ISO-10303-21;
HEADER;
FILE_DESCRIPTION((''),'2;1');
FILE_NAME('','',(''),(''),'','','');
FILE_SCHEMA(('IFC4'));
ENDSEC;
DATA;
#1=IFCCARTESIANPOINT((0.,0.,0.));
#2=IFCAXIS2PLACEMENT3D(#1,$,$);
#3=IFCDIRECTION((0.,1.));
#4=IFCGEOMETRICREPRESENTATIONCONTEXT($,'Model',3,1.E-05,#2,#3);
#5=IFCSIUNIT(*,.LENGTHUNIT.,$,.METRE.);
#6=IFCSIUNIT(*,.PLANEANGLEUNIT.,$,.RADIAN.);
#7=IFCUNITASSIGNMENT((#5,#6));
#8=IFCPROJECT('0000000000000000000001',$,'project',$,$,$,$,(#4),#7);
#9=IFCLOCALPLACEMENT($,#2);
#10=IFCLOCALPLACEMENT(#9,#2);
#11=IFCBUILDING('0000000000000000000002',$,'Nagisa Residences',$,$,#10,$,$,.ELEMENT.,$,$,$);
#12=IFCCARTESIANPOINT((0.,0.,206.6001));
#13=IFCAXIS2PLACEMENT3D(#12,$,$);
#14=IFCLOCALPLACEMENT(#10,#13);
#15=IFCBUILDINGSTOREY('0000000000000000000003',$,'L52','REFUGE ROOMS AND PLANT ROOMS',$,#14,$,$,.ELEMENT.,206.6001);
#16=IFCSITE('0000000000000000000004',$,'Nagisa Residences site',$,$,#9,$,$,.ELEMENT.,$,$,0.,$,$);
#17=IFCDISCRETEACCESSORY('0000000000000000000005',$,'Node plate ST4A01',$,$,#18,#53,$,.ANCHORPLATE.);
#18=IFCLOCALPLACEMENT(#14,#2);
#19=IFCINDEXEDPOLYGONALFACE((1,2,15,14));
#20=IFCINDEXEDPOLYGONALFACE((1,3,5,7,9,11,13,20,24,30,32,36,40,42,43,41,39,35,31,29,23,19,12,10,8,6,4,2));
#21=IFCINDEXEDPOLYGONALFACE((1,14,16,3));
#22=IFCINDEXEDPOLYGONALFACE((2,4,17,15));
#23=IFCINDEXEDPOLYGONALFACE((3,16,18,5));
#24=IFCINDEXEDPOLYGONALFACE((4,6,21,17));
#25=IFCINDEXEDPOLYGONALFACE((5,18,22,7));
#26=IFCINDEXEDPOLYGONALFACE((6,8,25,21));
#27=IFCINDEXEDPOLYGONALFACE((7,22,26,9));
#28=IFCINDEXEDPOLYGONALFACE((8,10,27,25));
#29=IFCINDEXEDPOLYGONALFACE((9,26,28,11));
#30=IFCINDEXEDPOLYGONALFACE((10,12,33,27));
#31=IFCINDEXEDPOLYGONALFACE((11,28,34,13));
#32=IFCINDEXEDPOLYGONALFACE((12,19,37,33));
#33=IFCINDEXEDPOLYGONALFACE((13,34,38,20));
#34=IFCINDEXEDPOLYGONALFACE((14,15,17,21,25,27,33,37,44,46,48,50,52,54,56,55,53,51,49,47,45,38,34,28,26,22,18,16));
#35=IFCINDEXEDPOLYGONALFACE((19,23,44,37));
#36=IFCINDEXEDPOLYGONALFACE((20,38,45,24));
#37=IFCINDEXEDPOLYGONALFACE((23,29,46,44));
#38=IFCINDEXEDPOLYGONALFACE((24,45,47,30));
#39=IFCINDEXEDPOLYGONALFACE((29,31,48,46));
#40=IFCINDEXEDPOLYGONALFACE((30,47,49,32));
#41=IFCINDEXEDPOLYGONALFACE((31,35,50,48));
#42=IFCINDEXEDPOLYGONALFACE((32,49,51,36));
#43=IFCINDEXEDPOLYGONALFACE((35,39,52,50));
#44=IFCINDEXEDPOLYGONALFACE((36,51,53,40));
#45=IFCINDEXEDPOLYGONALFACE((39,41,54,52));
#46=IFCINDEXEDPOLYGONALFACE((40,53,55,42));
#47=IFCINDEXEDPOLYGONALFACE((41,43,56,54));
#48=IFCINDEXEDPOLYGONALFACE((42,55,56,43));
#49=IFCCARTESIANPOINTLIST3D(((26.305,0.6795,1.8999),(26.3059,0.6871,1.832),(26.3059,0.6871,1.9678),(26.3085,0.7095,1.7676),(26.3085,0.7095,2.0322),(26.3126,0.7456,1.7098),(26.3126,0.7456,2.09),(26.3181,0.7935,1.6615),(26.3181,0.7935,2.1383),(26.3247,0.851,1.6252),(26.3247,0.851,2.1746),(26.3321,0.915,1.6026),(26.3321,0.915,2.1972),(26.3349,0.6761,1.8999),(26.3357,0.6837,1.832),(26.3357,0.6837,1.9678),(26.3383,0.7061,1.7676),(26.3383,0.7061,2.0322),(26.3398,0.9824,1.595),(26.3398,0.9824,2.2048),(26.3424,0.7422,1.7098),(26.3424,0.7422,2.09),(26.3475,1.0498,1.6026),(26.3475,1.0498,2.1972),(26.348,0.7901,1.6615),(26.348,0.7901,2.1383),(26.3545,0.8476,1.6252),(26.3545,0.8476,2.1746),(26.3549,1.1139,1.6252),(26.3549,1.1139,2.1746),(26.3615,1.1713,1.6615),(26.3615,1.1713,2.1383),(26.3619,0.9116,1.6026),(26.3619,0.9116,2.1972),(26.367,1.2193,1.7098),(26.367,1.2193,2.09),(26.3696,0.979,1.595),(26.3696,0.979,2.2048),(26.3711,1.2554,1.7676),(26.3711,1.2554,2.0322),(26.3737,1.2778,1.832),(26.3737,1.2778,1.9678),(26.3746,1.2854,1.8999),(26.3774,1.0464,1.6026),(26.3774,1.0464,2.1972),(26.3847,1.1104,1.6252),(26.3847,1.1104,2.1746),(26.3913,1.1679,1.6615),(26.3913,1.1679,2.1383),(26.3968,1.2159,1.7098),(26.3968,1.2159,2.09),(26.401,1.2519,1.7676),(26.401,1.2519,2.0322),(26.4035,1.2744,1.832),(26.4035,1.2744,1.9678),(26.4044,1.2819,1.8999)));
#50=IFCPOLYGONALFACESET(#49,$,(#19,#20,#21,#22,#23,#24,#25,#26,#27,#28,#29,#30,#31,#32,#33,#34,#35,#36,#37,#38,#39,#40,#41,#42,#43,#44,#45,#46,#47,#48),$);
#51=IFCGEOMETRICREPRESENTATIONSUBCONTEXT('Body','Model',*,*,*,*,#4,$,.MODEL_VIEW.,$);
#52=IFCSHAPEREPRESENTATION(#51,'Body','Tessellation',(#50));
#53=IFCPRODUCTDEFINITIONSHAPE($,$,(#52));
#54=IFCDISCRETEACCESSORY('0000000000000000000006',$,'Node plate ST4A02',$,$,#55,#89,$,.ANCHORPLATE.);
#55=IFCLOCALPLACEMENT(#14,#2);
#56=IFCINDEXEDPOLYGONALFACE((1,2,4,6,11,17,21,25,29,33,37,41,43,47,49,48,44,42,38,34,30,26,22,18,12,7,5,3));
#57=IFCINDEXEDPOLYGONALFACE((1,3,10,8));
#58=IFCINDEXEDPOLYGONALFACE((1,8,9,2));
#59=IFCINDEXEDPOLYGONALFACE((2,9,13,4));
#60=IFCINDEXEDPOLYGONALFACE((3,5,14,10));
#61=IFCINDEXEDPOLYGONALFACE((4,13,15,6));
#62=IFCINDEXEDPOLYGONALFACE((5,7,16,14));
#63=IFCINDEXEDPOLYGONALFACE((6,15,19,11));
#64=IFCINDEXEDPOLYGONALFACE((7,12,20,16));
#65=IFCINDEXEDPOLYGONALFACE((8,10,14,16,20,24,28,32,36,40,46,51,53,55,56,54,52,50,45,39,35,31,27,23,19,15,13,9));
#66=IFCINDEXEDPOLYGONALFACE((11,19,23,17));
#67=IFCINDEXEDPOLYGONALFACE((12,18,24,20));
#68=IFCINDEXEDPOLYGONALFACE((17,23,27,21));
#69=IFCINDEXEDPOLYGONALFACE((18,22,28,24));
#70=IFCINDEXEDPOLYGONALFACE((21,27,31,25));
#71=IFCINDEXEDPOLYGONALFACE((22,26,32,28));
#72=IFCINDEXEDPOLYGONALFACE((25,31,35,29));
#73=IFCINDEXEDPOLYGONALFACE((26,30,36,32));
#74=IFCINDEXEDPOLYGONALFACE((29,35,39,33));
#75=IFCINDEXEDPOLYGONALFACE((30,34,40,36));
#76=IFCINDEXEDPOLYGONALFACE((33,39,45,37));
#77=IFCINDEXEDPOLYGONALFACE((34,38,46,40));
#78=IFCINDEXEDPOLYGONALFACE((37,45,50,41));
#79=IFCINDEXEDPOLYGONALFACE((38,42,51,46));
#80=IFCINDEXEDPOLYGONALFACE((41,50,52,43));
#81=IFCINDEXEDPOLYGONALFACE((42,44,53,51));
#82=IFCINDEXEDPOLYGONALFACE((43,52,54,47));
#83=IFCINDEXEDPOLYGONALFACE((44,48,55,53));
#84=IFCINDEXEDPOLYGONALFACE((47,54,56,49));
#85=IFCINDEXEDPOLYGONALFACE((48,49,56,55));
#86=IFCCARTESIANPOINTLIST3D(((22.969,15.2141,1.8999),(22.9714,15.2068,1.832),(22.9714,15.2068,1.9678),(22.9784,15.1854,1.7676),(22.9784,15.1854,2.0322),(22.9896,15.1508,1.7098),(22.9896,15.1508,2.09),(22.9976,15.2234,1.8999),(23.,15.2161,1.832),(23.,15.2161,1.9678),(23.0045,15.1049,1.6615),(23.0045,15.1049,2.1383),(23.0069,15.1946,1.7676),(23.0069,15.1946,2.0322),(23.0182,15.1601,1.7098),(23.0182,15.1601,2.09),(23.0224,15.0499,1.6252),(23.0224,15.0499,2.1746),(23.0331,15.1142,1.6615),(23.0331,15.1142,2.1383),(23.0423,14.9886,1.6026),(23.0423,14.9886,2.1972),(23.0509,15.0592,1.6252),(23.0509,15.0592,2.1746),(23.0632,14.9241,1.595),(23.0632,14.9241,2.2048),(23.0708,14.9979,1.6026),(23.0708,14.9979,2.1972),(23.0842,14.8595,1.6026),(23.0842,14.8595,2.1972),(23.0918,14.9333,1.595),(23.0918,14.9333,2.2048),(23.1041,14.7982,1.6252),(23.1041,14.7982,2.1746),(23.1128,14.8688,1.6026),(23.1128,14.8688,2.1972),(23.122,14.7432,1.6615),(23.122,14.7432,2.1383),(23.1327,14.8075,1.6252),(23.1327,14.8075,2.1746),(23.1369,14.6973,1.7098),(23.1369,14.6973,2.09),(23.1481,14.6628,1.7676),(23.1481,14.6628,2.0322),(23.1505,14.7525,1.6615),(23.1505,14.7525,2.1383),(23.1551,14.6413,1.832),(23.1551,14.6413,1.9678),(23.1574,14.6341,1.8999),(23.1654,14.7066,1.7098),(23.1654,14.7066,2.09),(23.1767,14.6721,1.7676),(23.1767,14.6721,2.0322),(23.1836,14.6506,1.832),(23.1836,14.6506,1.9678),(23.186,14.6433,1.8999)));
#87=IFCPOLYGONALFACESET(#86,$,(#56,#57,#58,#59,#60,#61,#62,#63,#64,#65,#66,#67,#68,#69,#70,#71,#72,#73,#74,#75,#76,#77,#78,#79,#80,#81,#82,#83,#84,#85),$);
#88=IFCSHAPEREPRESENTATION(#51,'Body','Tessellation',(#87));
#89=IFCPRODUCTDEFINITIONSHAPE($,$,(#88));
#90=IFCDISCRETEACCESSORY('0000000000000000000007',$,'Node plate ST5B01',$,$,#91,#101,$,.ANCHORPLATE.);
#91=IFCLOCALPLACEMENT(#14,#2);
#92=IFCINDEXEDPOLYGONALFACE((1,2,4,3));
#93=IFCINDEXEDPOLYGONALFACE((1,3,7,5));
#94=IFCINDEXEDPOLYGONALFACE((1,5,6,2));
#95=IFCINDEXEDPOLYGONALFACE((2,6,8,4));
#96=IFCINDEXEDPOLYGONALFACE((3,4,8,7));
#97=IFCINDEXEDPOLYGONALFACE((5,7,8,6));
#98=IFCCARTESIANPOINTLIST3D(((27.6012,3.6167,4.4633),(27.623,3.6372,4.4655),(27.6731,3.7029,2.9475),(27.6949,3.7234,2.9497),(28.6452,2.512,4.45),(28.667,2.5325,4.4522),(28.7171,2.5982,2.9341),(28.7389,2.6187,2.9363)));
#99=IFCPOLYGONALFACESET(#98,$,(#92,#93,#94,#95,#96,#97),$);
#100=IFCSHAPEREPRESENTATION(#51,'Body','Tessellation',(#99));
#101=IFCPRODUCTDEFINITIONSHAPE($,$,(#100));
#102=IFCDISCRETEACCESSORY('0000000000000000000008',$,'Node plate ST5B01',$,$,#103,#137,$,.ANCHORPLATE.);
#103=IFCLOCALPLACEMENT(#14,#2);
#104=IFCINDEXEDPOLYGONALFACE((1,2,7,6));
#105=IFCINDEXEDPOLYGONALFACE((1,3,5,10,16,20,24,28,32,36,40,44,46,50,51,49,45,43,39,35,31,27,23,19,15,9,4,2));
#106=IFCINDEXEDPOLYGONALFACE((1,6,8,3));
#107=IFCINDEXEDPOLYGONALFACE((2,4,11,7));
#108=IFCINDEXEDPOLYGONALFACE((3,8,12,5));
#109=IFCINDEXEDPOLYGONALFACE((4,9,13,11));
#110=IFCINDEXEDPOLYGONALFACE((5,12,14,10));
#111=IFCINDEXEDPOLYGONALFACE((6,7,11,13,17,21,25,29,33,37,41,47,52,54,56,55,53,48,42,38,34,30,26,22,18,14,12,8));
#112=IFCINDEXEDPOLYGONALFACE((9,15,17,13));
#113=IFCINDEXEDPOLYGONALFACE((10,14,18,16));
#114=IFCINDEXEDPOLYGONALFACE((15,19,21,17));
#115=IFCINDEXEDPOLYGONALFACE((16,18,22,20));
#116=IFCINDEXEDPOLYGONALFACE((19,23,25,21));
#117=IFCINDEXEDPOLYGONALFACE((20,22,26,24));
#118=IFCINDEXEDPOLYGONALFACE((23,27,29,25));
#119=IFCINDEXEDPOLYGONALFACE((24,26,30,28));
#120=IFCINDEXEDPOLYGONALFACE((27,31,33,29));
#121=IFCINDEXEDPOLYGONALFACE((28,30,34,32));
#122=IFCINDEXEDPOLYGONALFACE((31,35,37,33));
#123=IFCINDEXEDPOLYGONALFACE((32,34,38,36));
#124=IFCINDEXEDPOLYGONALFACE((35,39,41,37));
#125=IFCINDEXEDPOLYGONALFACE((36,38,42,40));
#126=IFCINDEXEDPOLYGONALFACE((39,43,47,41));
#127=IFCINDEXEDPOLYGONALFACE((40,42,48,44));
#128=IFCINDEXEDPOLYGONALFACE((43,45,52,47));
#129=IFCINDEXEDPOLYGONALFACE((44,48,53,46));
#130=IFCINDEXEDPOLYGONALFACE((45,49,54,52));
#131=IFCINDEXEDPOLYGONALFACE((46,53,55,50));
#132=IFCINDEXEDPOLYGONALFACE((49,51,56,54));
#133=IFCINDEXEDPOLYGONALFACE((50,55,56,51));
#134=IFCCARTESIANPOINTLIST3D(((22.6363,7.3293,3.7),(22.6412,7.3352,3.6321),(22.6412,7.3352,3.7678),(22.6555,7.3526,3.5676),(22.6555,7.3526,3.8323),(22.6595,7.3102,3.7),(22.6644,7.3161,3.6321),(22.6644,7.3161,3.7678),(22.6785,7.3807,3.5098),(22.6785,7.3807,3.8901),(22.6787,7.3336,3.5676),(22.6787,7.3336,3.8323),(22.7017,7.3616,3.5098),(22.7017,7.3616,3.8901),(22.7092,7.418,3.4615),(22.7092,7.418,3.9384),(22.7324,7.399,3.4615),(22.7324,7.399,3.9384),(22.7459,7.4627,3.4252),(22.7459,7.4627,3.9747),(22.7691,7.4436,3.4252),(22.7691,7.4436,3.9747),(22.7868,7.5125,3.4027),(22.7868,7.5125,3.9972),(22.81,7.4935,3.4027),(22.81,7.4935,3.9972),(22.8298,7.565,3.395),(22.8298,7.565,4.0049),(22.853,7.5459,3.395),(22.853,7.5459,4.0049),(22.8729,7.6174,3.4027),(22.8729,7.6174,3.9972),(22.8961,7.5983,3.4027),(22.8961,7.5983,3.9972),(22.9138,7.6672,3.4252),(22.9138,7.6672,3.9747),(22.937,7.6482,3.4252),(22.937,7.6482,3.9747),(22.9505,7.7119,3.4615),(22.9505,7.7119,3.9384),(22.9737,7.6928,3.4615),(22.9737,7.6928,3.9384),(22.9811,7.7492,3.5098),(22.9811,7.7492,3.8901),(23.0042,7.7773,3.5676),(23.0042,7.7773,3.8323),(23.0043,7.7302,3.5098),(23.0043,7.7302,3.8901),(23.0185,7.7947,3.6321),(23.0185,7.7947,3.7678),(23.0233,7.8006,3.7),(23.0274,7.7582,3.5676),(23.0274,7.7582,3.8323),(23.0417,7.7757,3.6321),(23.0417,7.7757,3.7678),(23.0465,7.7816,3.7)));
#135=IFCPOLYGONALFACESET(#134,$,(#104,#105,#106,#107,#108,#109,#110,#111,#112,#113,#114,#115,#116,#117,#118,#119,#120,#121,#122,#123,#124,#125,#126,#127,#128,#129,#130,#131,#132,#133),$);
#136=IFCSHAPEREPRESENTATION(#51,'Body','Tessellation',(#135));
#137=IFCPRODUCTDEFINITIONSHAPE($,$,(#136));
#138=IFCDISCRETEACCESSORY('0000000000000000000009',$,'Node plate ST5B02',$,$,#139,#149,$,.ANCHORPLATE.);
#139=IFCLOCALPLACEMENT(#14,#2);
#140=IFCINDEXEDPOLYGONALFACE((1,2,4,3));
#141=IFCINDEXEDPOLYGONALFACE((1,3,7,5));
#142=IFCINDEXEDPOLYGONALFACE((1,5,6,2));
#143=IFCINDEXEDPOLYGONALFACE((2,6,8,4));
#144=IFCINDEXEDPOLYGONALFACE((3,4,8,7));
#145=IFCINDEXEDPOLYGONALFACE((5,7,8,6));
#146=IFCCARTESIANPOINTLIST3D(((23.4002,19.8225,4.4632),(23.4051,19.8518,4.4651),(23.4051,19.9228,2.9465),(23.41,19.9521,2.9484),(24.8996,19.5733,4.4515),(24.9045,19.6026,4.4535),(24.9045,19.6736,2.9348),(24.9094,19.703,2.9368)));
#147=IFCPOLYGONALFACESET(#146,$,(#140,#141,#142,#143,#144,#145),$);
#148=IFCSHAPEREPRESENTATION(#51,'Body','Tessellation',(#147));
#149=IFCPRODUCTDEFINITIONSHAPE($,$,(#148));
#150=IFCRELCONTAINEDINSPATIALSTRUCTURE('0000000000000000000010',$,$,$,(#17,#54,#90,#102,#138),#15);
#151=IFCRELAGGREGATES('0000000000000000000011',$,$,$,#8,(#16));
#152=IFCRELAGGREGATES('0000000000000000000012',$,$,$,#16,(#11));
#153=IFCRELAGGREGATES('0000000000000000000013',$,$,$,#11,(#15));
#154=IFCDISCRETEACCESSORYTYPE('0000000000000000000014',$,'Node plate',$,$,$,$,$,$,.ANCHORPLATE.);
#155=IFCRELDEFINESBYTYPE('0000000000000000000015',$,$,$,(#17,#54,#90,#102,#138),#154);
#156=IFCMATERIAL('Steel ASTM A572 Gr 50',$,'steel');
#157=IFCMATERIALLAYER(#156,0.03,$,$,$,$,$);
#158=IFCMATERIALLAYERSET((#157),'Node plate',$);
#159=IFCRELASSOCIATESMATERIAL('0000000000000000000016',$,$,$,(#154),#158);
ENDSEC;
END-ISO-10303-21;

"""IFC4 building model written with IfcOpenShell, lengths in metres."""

from ifc_helpers import new_model, si_unit, direction, frame, origin, origin_2d, place, context, subcontext, project, spatial, rectangle, circle, extrude, material, layer, layer_set, type_object, element, save


model = new_model("IFC4")

# Units and contexts
model_context = context("Model", 3, precision=1e-05, world=origin(), true_north=direction((0.0, 1.0)))
body_context = subcontext(model_context, "Body", "Model", "MODEL_VIEW")
ifc_project = project(units=[si_unit("LENGTHUNIT", "METRE"), si_unit("PLANEANGLEUNIT", "RADIAN")], contexts=[model_context])

# Site, building, storey
site_placement = place(None, origin())
site = spatial("IfcSite", under=ifc_project, at=site_placement, Name="Nagisa Residences site", CompositionType="ELEMENT", RefElevation=0.0)
building_placement = place(site_placement, origin())
building = spatial("IfcBuilding", under=site, at=building_placement, Name="Nagisa Residences", CompositionType="ELEMENT")
storey_placement = place(building_placement, frame((0.0, 0.0, 206.6001)))
storey = spatial("IfcBuildingStorey", under=building, at=storey_placement, Name="L52", Description="REFUGE ROOMS AND PLANT ROOMS", CompositionType="ELEMENT", Elevation=206.6001)

# Discrete accessories
ifc_material_1 = material(Name="Steel ASTM A572 Gr 50", Category="steel")
ifc_layer = layer(ifc_material_1, 0.03)
ifc_layer_set = layer_set([ifc_layer], Name="Node plate")
discrete_accessory_type_1 = type_object("IfcDiscreteAccessoryType", Name="Node plate", PredefinedType="ANCHORPLATE", material=ifc_layer_set)
for number, where, z_axis, x_axis, name in (
    (1, (26.3696, 0.979, 1.8999), (-0.99348, 0.114006, 0.0), (-0.114006, -0.99348, 0.0), "Node plate ST4A01"),
    (2, (23.0918, 14.9333, 1.8999), (-0.951094, -0.308902, 0.0), (0.308902, -0.951094, 0.0), "Node plate ST4A02"),
):
    element("IfcDiscreteAccessory", number, at=place(storey_placement, frame(where, z_axis=z_axis, x_axis=x_axis)), inside=storey, type_object=discrete_accessory_type_1, Name=name, PredefinedType="ANCHORPLATE", context=body_context, shape_type="SweptSolid", body=[
        extrude(circle(Radius=0.3049, at=origin_2d()), origin(), (0.0, 0.0, 1.0), 0.03),
    ])
discrete_accessory_1_placement = place(storey_placement, frame((28.1592, 3.1074, 3.6987), z_axis=(0.725281, 0.684535, 0.073343), x_axis=(-0.686826, 0.726769, 0.008772)))
element("IfcDiscreteAccessory", 3, at=discrete_accessory_1_placement, inside=storey, type_object=discrete_accessory_type_1, Name="Node plate ST5B01", PredefinedType="ANCHORPLATE", context=body_context, shape_type="SweptSolid", body=[
    extrude(rectangle(XDim=1.52, YDim=1.52, at=origin_2d()), origin(), (0.0, 0.0, 1.0), 0.03),
])
discrete_accessory_2_placement = place(storey_placement, frame((22.853, 7.5459, 3.7), z_axis=(-0.772869, 0.634566, 0.0), x_axis=(-0.634566, -0.772869, 0.0)))
element("IfcDiscreteAccessory", 4, at=discrete_accessory_2_placement, inside=storey, type_object=discrete_accessory_type_1, Name="Node plate ST5B01", PredefinedType="ANCHORPLATE", context=body_context, shape_type="SweptSolid", body=[
    extrude(circle(Radius=0.3049, at=origin_2d()), origin(), (0.0, 0.0, 1.0), 0.03),
])
discrete_accessory_3_placement = place(storey_placement, frame((24.1523, 19.748, 3.699), z_axis=(0.164045, 0.984268, 0.065618), x_axis=(-0.986448, 0.163897, 0.007668)))
element("IfcDiscreteAccessory", 5, at=discrete_accessory_3_placement, inside=storey, type_object=discrete_accessory_type_1, Name="Node plate ST5B02", PredefinedType="ANCHORPLATE", context=body_context, shape_type="SweptSolid", body=[
    extrude(rectangle(XDim=1.52, YDim=1.52, at=origin_2d()), origin(), (0.0, 0.0, 1.0), 0.0298),
])

save(model, "model.ifc")
